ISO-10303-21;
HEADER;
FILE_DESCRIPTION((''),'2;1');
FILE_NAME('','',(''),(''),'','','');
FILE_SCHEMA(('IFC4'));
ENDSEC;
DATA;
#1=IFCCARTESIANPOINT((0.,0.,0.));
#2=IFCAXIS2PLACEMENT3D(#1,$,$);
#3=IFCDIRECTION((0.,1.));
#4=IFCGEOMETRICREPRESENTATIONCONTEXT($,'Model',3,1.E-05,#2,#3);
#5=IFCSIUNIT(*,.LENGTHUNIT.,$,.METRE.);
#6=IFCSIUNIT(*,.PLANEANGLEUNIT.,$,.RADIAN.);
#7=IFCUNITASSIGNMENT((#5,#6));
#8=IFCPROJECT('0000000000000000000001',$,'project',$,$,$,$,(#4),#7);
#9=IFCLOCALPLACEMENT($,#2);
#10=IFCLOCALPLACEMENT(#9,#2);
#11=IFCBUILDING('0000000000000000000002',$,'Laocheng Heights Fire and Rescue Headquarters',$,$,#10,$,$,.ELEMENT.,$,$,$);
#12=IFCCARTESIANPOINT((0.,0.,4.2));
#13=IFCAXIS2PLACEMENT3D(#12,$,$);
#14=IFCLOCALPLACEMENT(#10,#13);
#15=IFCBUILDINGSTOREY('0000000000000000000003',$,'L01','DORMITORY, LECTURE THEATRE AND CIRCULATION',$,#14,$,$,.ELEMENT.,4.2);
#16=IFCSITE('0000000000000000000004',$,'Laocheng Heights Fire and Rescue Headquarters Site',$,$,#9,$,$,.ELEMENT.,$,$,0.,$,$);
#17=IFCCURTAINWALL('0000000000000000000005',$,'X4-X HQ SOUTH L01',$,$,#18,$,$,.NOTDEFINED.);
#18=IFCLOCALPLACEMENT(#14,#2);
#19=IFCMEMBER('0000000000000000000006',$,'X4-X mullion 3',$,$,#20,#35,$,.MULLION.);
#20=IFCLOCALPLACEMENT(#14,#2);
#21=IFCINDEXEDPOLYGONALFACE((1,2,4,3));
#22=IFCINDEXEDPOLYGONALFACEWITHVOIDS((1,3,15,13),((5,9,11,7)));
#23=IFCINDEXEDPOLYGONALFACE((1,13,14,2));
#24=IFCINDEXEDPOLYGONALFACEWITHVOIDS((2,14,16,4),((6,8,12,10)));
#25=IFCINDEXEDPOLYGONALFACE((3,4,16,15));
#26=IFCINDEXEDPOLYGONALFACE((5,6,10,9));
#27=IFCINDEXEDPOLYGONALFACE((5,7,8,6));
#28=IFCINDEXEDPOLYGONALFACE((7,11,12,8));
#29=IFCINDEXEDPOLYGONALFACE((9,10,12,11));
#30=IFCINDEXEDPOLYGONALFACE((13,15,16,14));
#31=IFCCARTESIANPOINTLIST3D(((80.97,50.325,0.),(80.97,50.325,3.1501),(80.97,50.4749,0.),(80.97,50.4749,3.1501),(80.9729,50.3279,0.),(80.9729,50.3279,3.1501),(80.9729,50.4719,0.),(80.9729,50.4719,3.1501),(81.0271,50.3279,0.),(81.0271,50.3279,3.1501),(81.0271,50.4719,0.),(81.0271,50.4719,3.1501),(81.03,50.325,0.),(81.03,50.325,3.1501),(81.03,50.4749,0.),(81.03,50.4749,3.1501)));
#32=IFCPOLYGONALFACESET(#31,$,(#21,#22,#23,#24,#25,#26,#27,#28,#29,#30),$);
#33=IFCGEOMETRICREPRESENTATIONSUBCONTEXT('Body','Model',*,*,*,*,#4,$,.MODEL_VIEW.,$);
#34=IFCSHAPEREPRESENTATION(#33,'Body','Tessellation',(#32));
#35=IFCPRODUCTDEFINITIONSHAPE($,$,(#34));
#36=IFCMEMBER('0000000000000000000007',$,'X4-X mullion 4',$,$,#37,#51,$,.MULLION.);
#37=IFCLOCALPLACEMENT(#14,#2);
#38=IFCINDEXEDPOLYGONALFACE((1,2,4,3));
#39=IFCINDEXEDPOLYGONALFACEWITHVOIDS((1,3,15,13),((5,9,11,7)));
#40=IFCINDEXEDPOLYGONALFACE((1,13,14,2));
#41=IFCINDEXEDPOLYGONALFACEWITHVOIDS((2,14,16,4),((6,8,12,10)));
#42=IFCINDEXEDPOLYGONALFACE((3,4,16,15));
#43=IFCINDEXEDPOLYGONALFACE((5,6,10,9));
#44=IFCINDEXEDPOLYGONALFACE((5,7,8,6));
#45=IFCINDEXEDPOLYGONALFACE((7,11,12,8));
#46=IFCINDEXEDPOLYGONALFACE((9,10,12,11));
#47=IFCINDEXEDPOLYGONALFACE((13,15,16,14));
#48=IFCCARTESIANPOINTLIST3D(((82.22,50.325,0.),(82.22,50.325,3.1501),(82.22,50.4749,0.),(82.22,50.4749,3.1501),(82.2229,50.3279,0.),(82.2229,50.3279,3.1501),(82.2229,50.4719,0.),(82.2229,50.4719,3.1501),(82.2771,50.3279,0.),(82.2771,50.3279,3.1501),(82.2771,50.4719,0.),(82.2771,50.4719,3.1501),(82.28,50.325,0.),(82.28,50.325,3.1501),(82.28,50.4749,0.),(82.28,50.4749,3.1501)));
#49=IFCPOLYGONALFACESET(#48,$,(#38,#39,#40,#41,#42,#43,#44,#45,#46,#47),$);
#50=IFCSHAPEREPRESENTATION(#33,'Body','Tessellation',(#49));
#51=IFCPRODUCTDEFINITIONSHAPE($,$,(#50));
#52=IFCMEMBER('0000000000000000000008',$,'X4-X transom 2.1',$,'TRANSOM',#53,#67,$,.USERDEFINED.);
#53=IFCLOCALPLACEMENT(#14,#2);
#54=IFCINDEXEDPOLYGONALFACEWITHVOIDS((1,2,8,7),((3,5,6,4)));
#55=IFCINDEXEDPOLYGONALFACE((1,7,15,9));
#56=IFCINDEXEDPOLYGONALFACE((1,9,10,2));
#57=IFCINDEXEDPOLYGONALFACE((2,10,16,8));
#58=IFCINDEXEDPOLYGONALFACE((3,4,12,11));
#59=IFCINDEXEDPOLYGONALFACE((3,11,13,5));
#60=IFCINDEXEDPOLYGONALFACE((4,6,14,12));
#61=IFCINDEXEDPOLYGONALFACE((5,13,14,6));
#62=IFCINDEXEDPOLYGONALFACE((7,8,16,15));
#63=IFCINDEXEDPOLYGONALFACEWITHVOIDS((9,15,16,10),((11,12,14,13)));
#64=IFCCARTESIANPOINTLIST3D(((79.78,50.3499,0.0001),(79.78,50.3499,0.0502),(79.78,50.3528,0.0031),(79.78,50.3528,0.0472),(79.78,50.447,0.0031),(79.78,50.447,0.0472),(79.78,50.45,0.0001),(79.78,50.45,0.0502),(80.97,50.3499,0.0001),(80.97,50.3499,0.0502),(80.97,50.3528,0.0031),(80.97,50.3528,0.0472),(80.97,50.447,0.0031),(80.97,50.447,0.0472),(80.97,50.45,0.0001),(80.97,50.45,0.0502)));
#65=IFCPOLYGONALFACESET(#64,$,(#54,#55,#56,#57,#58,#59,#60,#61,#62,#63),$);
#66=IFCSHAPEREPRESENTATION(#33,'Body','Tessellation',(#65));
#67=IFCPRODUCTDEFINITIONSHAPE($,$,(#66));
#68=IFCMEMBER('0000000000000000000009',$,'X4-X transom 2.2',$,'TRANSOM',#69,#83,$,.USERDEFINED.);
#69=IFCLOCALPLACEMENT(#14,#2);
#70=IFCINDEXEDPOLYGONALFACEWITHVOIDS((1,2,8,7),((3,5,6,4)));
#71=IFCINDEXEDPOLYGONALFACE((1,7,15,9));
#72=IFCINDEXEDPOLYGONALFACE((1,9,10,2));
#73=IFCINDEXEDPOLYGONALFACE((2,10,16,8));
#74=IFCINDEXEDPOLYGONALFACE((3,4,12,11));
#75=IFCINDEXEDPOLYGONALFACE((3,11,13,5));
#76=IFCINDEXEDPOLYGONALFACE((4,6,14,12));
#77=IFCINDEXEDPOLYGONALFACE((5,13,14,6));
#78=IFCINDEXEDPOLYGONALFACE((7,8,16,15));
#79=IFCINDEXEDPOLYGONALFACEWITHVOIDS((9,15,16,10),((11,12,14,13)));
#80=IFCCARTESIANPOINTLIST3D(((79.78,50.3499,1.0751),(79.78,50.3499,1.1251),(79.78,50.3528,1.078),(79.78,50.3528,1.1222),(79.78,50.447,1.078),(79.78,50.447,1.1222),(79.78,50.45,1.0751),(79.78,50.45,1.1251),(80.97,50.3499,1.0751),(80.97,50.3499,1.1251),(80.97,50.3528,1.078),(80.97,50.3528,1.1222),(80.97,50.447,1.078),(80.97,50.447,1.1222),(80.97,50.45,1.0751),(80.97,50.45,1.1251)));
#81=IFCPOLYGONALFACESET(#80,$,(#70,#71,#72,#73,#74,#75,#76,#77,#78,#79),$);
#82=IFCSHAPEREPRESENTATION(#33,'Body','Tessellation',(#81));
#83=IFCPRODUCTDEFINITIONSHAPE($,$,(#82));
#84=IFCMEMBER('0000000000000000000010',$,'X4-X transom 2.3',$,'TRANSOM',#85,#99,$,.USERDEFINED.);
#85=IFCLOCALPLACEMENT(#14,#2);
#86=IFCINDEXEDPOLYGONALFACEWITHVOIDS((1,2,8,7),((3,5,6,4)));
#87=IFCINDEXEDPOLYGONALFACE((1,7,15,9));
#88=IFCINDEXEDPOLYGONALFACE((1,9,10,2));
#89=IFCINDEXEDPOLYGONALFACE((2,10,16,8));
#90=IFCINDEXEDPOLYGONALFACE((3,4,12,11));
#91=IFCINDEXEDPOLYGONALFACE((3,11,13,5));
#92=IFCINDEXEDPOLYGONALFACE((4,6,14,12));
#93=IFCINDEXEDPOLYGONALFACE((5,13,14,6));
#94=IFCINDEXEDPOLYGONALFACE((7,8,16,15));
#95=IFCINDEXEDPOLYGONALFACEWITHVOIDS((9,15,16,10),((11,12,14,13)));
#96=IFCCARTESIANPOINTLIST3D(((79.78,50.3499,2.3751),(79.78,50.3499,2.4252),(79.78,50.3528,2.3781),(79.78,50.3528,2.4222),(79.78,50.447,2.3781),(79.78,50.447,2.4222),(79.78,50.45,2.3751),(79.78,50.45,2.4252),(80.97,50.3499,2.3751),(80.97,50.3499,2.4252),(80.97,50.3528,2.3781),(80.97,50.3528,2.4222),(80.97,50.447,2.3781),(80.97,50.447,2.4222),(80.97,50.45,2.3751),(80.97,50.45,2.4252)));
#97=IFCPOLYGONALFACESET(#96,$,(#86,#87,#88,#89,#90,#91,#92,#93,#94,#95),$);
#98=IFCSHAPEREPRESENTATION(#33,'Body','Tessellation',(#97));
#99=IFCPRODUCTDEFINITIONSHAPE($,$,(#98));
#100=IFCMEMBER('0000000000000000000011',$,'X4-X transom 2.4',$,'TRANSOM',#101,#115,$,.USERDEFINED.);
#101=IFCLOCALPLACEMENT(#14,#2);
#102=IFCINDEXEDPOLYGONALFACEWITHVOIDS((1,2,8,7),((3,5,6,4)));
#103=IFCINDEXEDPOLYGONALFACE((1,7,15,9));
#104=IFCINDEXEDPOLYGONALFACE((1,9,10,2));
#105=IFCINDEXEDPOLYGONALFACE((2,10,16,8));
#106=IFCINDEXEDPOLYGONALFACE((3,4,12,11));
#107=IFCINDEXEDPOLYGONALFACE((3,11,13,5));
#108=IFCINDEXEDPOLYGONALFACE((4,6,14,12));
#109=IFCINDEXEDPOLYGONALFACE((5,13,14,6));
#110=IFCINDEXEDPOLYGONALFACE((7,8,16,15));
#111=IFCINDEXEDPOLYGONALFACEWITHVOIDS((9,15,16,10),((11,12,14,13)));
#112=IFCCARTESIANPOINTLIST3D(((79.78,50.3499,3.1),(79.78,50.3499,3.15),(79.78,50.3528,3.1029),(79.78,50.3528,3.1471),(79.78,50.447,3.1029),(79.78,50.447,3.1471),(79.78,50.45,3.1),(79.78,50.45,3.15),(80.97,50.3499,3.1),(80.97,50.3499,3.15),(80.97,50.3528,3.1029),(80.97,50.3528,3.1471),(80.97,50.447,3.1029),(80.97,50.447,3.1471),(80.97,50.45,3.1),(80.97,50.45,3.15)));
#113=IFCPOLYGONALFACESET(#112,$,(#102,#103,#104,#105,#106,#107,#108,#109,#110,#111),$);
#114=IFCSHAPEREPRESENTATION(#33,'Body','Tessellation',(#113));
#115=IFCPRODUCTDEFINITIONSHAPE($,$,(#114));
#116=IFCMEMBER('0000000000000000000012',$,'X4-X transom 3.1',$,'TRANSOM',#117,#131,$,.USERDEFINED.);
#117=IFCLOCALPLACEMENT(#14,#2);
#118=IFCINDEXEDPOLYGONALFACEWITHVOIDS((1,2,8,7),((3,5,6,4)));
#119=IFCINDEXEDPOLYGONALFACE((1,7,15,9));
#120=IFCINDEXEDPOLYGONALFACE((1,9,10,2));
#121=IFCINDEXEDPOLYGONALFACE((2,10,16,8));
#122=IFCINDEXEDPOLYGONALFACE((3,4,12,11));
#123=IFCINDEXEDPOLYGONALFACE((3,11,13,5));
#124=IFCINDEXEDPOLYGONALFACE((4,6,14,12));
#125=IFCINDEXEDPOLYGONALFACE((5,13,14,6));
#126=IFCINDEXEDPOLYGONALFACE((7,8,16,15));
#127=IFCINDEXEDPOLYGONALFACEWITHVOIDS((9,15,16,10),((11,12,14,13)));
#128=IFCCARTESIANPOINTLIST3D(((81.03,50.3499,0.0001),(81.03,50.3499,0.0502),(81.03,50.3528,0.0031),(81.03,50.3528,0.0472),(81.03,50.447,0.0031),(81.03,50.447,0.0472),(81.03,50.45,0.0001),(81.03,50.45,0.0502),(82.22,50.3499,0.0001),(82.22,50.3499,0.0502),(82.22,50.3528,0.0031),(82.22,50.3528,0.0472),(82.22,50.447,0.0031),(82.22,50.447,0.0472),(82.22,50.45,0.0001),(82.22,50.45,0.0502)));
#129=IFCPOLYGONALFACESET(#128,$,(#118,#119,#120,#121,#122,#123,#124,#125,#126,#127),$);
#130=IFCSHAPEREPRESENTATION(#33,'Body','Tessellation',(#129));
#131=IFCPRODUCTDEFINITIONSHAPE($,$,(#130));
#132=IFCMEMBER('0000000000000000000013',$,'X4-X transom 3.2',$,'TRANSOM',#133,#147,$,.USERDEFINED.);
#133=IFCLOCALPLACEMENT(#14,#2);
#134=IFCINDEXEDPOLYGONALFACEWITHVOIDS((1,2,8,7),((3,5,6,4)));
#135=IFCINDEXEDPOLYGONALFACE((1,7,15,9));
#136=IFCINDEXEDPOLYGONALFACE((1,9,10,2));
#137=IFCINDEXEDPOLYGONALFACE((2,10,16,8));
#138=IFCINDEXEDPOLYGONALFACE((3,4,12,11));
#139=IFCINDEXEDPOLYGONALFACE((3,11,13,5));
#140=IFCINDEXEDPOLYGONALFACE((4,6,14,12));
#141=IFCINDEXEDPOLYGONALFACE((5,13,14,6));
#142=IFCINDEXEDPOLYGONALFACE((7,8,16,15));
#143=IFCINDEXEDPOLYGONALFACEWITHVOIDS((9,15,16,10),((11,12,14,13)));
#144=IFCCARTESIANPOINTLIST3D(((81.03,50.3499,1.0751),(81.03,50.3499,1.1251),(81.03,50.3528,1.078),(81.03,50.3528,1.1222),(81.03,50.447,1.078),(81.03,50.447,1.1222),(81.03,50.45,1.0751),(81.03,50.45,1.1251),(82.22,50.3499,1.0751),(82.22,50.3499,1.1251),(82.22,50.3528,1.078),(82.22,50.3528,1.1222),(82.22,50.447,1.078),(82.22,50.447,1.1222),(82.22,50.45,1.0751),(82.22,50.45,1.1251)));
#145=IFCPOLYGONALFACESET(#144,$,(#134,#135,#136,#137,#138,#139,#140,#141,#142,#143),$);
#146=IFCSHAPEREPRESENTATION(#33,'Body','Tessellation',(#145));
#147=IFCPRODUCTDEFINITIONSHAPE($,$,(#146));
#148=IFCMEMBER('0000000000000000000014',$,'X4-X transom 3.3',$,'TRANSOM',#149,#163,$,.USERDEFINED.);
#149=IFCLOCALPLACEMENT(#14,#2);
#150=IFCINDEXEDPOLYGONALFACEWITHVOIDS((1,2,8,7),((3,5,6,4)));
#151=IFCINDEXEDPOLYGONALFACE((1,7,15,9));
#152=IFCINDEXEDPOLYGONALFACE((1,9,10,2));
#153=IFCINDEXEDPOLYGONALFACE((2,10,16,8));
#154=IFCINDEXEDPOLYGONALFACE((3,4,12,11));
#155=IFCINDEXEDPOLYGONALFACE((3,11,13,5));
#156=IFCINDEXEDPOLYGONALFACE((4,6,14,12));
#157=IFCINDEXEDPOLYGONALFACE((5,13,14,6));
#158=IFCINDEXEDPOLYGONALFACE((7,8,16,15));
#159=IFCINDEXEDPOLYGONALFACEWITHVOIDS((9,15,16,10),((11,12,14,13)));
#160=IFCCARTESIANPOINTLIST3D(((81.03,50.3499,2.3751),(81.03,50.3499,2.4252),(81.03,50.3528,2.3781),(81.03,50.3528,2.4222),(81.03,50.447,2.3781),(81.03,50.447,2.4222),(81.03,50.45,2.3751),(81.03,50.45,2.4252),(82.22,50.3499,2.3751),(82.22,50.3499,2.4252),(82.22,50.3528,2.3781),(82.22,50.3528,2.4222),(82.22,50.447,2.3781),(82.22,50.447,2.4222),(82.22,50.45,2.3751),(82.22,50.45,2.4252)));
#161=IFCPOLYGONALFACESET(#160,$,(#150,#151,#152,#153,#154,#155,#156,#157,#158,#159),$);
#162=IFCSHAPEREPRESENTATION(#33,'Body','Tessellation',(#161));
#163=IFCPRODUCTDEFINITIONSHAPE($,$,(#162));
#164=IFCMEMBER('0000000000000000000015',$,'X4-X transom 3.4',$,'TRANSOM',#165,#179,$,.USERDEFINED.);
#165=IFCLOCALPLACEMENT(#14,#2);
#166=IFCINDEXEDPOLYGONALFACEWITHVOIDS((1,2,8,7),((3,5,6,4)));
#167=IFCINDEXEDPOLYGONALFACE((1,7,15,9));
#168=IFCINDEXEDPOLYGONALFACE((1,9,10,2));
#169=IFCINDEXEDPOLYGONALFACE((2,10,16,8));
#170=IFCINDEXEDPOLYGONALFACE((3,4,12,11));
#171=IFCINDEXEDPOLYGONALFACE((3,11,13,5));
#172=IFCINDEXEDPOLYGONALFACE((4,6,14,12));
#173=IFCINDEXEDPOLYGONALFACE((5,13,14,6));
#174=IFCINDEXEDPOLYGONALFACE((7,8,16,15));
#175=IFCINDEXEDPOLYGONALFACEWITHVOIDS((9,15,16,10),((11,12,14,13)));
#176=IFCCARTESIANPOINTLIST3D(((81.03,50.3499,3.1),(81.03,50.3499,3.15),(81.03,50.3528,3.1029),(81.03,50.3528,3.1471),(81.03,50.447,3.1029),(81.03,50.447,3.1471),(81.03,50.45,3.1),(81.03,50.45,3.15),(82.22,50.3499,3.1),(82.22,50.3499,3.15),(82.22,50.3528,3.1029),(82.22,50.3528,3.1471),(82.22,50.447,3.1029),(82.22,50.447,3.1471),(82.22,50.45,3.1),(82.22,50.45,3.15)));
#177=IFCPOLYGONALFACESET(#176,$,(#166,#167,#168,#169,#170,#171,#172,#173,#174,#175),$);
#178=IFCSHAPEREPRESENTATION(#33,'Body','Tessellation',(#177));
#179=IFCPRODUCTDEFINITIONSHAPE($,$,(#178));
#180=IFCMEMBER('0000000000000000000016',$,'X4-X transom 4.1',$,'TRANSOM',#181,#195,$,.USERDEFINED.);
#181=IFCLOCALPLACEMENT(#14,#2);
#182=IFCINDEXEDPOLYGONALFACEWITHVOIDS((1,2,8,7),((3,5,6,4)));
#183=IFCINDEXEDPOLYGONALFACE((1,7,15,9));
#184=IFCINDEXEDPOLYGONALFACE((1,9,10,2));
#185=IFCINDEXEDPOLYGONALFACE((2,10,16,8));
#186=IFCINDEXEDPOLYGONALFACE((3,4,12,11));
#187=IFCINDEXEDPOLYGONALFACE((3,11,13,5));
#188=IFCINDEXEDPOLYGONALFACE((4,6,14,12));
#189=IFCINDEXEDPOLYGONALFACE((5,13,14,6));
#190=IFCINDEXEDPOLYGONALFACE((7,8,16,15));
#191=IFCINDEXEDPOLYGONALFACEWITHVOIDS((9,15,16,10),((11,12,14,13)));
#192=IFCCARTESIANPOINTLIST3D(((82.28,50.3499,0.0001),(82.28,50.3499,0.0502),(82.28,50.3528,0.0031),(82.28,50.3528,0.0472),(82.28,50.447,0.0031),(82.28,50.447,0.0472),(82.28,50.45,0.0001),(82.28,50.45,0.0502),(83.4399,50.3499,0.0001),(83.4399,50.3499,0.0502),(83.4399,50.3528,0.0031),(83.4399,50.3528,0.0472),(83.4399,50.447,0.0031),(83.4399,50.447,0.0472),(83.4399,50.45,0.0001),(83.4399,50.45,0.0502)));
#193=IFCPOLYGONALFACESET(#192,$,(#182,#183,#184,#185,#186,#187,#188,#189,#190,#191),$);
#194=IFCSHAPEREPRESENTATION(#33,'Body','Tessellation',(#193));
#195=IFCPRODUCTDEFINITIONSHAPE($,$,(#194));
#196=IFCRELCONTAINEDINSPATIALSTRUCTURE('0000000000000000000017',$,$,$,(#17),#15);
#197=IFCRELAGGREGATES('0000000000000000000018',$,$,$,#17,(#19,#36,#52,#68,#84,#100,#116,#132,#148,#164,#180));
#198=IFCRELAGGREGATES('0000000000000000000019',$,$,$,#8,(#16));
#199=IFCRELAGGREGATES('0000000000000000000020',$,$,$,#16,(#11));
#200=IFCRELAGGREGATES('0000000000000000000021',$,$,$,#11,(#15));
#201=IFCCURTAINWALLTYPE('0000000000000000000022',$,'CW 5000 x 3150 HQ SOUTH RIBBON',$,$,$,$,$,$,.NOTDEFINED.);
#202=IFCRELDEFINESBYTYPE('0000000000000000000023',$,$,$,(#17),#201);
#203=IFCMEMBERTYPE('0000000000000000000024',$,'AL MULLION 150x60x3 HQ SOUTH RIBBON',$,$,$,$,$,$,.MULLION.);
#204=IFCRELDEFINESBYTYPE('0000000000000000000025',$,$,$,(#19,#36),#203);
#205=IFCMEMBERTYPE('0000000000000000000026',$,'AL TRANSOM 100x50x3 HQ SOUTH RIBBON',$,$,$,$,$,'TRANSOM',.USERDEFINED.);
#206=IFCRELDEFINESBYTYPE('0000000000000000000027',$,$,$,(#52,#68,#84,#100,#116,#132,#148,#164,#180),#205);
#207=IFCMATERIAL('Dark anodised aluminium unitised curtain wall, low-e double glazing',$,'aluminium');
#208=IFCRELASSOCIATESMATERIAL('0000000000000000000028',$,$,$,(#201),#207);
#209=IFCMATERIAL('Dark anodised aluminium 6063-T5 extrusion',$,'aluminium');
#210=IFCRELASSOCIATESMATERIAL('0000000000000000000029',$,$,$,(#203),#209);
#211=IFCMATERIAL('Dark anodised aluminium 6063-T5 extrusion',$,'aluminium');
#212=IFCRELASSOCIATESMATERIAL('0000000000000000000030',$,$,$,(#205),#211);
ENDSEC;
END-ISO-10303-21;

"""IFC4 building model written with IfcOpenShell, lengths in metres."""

from ifc_helpers import new_model, si_unit, direction, frame, origin, origin_2d, place, context, subcontext, project, spatial, hollow_rectangle, extrude, material, material_profile, profile_set, type_object, element, aggregate, save


model = new_model("IFC4")

# Units and contexts
model_context = context("Model", 3, precision=1e-05, world=origin(), true_north=direction((0.0, 1.0)))
body_context = subcontext(model_context, "Body", "Model", "MODEL_VIEW")
ifc_project = project(units=[si_unit("LENGTHUNIT", "METRE"), si_unit("PLANEANGLEUNIT", "RADIAN")], contexts=[model_context])

# Site, building, storey
site_placement = place(None, origin())
site = spatial("IfcSite", under=ifc_project, at=site_placement, Name="Laocheng Heights Fire and Rescue Headquarters Site", CompositionType="ELEMENT", RefElevation=0.0)
building_placement = place(site_placement, origin())
building = spatial("IfcBuilding", under=site, at=building_placement, Name="Laocheng Heights Fire and Rescue Headquarters", CompositionType="ELEMENT")
storey_placement = place(building_placement, frame((0.0, 0.0, 4.2)))
storey = spatial("IfcBuildingStorey", under=building, at=storey_placement, Name="L01", Description="DORMITORY, LECTURE THEATRE AND CIRCULATION", CompositionType="ELEMENT", Elevation=4.2)

# Curtain wall, members
ifc_material_1 = material(Name="Dark anodised aluminium unitised curtain wall, low-e double glazing", Category="aluminium")
curtain_wall_type = type_object("IfcCurtainWallType", Name="CW 5000 x 3150 HQ SOUTH RIBBON", PredefinedType="NOTDEFINED", material=ifc_material_1)
curtain_wall_placement = place(storey_placement, origin())
curtain_wall = element("IfcCurtainWall", 1, at=curtain_wall_placement, inside=storey, type_object=curtain_wall_type, Name="X4-X HQ SOUTH L01", PredefinedType="NOTDEFINED")
ifc_material_2 = material(Name="Dark anodised aluminium 6063-T5 extrusion", Category="aluminium")
ifc_material_profile_1 = material_profile(ifc_material_2, hollow_rectangle(XDim=0.1499, YDim=0.0601, WallThickness=0.0029, at=origin_2d()), Name="AL MULLION 150x60x3 HQ SOUTH RIBBON")
ifc_profile_set_1 = profile_set([ifc_material_profile_1], Name="Dark anodised aluminium 6063-T5 extrusion")
member_type_1 = type_object("IfcMemberType", Name="AL MULLION 150x60x3 HQ SOUTH RIBBON", PredefinedType="MULLION", material=ifc_profile_set_1)
member_1_placement = place(storey_placement, frame((81.0, 50.3999, 0.0), z_axis=(0.0, 0.0, 1.0), x_axis=(0.0, 1.0, 0.0)))
member_1 = element("IfcMember", 2, at=member_1_placement, type_object=member_type_1, Name="X4-X mullion 3", PredefinedType="MULLION", context=body_context, shape_type="SweptSolid", body=[
    extrude(hollow_rectangle(XDim=0.1499, YDim=0.0601, WallThickness=0.0029, at=origin_2d()), origin(), (0.0, 0.0, 1.0), 3.1501),
])
member_2_placement = place(storey_placement, frame((82.25, 50.3999, 0.0), z_axis=(0.0, 0.0, 1.0), x_axis=(0.0, 1.0, 0.0)))
member_2 = element("IfcMember", 3, at=member_2_placement, type_object=member_type_1, Name="X4-X mullion 4", PredefinedType="MULLION", context=body_context, shape_type="SweptSolid", body=[
    extrude(hollow_rectangle(XDim=0.1499, YDim=0.0601, WallThickness=0.0029, at=origin_2d()), origin(), (0.0, 0.0, 1.0), 3.1501),
])
ifc_material_3 = material(Name="Dark anodised aluminium 6063-T5 extrusion", Category="aluminium")
ifc_material_profile_2 = material_profile(ifc_material_3, hollow_rectangle(XDim=0.1001, YDim=0.05, WallThickness=0.0029, at=origin_2d()), Name="AL TRANSOM 100x50x3 HQ SOUTH RIBBON")
ifc_profile_set_2 = profile_set([ifc_material_profile_2], Name="Dark anodised aluminium 6063-T5 extrusion")
member_type_2 = type_object("IfcMemberType", Name="AL TRANSOM 100x50x3 HQ SOUTH RIBBON", ElementType="TRANSOM", PredefinedType="USERDEFINED", material=ifc_profile_set_2)
member_3_placement = place(storey_placement, frame((79.78, 50.3999, 0.0251), z_axis=(1.0, 0.0, 0.0), x_axis=(0.0, 1.0, 0.0)))
member_3 = element("IfcMember", 4, at=member_3_placement, type_object=member_type_2, Name="X4-X transom 2.1", ObjectType="TRANSOM", PredefinedType="USERDEFINED", context=body_context, shape_type="SweptSolid", body=[
    extrude(hollow_rectangle(XDim=0.1001, YDim=0.05, WallThickness=0.0029, at=origin_2d()), origin(), (0.0, 0.0, 1.0), 1.1899),
])
member_4_placement = place(storey_placement, frame((79.78, 50.3999, 1.1001), z_axis=(1.0, 0.0, 0.0), x_axis=(0.0, 1.0, 0.0)))
member_4 = element("IfcMember", 5, at=member_4_placement, type_object=member_type_2, Name="X4-X transom 2.2", ObjectType="TRANSOM", PredefinedType="USERDEFINED", context=body_context, shape_type="SweptSolid", body=[
    extrude(hollow_rectangle(XDim=0.1001, YDim=0.05, WallThickness=0.0029, at=origin_2d()), origin(), (0.0, 0.0, 1.0), 1.1899),
])
member_5_placement = place(storey_placement, frame((79.78, 50.3999, 2.4001), z_axis=(1.0, 0.0, 0.0), x_axis=(0.0, 1.0, 0.0)))
member_5 = element("IfcMember", 6, at=member_5_placement, type_object=member_type_2, Name="X4-X transom 2.3", ObjectType="TRANSOM", PredefinedType="USERDEFINED", context=body_context, shape_type="SweptSolid", body=[
    extrude(hollow_rectangle(XDim=0.1001, YDim=0.05, WallThickness=0.0029, at=origin_2d()), origin(), (0.0, 0.0, 1.0), 1.1899),
])
member_6_placement = place(storey_placement, frame((79.78, 50.3999, 3.125), z_axis=(1.0, 0.0, 0.0), x_axis=(0.0, 1.0, 0.0)))
member_6 = element("IfcMember", 7, at=member_6_placement, type_object=member_type_2, Name="X4-X transom 2.4", ObjectType="TRANSOM", PredefinedType="USERDEFINED", context=body_context, shape_type="SweptSolid", body=[
    extrude(hollow_rectangle(XDim=0.1001, YDim=0.05, WallThickness=0.0029, at=origin_2d()), origin(), (0.0, 0.0, 1.0), 1.1899),
])
member_7_placement = place(storey_placement, frame((81.03, 50.3999, 0.0251), z_axis=(1.0, 0.0, 0.0), x_axis=(0.0, 1.0, 0.0)))
member_7 = element("IfcMember", 8, at=member_7_placement, type_object=member_type_2, Name="X4-X transom 3.1", ObjectType="TRANSOM", PredefinedType="USERDEFINED", context=body_context, shape_type="SweptSolid", body=[
    extrude(hollow_rectangle(XDim=0.1001, YDim=0.05, WallThickness=0.0029, at=origin_2d()), origin(), (0.0, 0.0, 1.0), 1.1899),
])
member_8_placement = place(storey_placement, frame((81.03, 50.3999, 1.1001), z_axis=(1.0, 0.0, 0.0), x_axis=(0.0, 1.0, 0.0)))
member_8 = element("IfcMember", 9, at=member_8_placement, type_object=member_type_2, Name="X4-X transom 3.2", ObjectType="TRANSOM", PredefinedType="USERDEFINED", context=body_context, shape_type="SweptSolid", body=[
    extrude(hollow_rectangle(XDim=0.1001, YDim=0.05, WallThickness=0.0029, at=origin_2d()), origin(), (0.0, 0.0, 1.0), 1.1899),
])
member_9_placement = place(storey_placement, frame((81.03, 50.3999, 2.4001), z_axis=(1.0, 0.0, 0.0), x_axis=(0.0, 1.0, 0.0)))
member_9 = element("IfcMember", 10, at=member_9_placement, type_object=member_type_2, Name="X4-X transom 3.3", ObjectType="TRANSOM", PredefinedType="USERDEFINED", context=body_context, shape_type="SweptSolid", body=[
    extrude(hollow_rectangle(XDim=0.1001, YDim=0.05, WallThickness=0.0029, at=origin_2d()), origin(), (0.0, 0.0, 1.0), 1.1899),
])
member_10_placement = place(storey_placement, frame((81.03, 50.3999, 3.125), z_axis=(1.0, 0.0, 0.0), x_axis=(0.0, 1.0, 0.0)))
member_10 = element("IfcMember", 11, at=member_10_placement, type_object=member_type_2, Name="X4-X transom 3.4", ObjectType="TRANSOM", PredefinedType="USERDEFINED", context=body_context, shape_type="SweptSolid", body=[
    extrude(hollow_rectangle(XDim=0.1001, YDim=0.05, WallThickness=0.0029, at=origin_2d()), origin(), (0.0, 0.0, 1.0), 1.1899),
])
member_11_placement = place(storey_placement, frame((82.28, 50.3999, 0.0251), z_axis=(1.0, 0.0, 0.0), x_axis=(0.0, 1.0, 0.0)))
member_11 = element("IfcMember", 12, at=member_11_placement, type_object=member_type_2, Name="X4-X transom 4.1", ObjectType="TRANSOM", PredefinedType="USERDEFINED", context=body_context, shape_type="SweptSolid", body=[
    extrude(hollow_rectangle(XDim=0.1001, YDim=0.05, WallThickness=0.0029, at=origin_2d()), origin(), (0.0, 0.0, 1.0), 1.1599),
])
aggregate(curtain_wall, [member_1, member_2, member_3, member_4, member_5, member_6, member_7, member_8, member_9, member_10, member_11])

save(model, "model.ifc")
